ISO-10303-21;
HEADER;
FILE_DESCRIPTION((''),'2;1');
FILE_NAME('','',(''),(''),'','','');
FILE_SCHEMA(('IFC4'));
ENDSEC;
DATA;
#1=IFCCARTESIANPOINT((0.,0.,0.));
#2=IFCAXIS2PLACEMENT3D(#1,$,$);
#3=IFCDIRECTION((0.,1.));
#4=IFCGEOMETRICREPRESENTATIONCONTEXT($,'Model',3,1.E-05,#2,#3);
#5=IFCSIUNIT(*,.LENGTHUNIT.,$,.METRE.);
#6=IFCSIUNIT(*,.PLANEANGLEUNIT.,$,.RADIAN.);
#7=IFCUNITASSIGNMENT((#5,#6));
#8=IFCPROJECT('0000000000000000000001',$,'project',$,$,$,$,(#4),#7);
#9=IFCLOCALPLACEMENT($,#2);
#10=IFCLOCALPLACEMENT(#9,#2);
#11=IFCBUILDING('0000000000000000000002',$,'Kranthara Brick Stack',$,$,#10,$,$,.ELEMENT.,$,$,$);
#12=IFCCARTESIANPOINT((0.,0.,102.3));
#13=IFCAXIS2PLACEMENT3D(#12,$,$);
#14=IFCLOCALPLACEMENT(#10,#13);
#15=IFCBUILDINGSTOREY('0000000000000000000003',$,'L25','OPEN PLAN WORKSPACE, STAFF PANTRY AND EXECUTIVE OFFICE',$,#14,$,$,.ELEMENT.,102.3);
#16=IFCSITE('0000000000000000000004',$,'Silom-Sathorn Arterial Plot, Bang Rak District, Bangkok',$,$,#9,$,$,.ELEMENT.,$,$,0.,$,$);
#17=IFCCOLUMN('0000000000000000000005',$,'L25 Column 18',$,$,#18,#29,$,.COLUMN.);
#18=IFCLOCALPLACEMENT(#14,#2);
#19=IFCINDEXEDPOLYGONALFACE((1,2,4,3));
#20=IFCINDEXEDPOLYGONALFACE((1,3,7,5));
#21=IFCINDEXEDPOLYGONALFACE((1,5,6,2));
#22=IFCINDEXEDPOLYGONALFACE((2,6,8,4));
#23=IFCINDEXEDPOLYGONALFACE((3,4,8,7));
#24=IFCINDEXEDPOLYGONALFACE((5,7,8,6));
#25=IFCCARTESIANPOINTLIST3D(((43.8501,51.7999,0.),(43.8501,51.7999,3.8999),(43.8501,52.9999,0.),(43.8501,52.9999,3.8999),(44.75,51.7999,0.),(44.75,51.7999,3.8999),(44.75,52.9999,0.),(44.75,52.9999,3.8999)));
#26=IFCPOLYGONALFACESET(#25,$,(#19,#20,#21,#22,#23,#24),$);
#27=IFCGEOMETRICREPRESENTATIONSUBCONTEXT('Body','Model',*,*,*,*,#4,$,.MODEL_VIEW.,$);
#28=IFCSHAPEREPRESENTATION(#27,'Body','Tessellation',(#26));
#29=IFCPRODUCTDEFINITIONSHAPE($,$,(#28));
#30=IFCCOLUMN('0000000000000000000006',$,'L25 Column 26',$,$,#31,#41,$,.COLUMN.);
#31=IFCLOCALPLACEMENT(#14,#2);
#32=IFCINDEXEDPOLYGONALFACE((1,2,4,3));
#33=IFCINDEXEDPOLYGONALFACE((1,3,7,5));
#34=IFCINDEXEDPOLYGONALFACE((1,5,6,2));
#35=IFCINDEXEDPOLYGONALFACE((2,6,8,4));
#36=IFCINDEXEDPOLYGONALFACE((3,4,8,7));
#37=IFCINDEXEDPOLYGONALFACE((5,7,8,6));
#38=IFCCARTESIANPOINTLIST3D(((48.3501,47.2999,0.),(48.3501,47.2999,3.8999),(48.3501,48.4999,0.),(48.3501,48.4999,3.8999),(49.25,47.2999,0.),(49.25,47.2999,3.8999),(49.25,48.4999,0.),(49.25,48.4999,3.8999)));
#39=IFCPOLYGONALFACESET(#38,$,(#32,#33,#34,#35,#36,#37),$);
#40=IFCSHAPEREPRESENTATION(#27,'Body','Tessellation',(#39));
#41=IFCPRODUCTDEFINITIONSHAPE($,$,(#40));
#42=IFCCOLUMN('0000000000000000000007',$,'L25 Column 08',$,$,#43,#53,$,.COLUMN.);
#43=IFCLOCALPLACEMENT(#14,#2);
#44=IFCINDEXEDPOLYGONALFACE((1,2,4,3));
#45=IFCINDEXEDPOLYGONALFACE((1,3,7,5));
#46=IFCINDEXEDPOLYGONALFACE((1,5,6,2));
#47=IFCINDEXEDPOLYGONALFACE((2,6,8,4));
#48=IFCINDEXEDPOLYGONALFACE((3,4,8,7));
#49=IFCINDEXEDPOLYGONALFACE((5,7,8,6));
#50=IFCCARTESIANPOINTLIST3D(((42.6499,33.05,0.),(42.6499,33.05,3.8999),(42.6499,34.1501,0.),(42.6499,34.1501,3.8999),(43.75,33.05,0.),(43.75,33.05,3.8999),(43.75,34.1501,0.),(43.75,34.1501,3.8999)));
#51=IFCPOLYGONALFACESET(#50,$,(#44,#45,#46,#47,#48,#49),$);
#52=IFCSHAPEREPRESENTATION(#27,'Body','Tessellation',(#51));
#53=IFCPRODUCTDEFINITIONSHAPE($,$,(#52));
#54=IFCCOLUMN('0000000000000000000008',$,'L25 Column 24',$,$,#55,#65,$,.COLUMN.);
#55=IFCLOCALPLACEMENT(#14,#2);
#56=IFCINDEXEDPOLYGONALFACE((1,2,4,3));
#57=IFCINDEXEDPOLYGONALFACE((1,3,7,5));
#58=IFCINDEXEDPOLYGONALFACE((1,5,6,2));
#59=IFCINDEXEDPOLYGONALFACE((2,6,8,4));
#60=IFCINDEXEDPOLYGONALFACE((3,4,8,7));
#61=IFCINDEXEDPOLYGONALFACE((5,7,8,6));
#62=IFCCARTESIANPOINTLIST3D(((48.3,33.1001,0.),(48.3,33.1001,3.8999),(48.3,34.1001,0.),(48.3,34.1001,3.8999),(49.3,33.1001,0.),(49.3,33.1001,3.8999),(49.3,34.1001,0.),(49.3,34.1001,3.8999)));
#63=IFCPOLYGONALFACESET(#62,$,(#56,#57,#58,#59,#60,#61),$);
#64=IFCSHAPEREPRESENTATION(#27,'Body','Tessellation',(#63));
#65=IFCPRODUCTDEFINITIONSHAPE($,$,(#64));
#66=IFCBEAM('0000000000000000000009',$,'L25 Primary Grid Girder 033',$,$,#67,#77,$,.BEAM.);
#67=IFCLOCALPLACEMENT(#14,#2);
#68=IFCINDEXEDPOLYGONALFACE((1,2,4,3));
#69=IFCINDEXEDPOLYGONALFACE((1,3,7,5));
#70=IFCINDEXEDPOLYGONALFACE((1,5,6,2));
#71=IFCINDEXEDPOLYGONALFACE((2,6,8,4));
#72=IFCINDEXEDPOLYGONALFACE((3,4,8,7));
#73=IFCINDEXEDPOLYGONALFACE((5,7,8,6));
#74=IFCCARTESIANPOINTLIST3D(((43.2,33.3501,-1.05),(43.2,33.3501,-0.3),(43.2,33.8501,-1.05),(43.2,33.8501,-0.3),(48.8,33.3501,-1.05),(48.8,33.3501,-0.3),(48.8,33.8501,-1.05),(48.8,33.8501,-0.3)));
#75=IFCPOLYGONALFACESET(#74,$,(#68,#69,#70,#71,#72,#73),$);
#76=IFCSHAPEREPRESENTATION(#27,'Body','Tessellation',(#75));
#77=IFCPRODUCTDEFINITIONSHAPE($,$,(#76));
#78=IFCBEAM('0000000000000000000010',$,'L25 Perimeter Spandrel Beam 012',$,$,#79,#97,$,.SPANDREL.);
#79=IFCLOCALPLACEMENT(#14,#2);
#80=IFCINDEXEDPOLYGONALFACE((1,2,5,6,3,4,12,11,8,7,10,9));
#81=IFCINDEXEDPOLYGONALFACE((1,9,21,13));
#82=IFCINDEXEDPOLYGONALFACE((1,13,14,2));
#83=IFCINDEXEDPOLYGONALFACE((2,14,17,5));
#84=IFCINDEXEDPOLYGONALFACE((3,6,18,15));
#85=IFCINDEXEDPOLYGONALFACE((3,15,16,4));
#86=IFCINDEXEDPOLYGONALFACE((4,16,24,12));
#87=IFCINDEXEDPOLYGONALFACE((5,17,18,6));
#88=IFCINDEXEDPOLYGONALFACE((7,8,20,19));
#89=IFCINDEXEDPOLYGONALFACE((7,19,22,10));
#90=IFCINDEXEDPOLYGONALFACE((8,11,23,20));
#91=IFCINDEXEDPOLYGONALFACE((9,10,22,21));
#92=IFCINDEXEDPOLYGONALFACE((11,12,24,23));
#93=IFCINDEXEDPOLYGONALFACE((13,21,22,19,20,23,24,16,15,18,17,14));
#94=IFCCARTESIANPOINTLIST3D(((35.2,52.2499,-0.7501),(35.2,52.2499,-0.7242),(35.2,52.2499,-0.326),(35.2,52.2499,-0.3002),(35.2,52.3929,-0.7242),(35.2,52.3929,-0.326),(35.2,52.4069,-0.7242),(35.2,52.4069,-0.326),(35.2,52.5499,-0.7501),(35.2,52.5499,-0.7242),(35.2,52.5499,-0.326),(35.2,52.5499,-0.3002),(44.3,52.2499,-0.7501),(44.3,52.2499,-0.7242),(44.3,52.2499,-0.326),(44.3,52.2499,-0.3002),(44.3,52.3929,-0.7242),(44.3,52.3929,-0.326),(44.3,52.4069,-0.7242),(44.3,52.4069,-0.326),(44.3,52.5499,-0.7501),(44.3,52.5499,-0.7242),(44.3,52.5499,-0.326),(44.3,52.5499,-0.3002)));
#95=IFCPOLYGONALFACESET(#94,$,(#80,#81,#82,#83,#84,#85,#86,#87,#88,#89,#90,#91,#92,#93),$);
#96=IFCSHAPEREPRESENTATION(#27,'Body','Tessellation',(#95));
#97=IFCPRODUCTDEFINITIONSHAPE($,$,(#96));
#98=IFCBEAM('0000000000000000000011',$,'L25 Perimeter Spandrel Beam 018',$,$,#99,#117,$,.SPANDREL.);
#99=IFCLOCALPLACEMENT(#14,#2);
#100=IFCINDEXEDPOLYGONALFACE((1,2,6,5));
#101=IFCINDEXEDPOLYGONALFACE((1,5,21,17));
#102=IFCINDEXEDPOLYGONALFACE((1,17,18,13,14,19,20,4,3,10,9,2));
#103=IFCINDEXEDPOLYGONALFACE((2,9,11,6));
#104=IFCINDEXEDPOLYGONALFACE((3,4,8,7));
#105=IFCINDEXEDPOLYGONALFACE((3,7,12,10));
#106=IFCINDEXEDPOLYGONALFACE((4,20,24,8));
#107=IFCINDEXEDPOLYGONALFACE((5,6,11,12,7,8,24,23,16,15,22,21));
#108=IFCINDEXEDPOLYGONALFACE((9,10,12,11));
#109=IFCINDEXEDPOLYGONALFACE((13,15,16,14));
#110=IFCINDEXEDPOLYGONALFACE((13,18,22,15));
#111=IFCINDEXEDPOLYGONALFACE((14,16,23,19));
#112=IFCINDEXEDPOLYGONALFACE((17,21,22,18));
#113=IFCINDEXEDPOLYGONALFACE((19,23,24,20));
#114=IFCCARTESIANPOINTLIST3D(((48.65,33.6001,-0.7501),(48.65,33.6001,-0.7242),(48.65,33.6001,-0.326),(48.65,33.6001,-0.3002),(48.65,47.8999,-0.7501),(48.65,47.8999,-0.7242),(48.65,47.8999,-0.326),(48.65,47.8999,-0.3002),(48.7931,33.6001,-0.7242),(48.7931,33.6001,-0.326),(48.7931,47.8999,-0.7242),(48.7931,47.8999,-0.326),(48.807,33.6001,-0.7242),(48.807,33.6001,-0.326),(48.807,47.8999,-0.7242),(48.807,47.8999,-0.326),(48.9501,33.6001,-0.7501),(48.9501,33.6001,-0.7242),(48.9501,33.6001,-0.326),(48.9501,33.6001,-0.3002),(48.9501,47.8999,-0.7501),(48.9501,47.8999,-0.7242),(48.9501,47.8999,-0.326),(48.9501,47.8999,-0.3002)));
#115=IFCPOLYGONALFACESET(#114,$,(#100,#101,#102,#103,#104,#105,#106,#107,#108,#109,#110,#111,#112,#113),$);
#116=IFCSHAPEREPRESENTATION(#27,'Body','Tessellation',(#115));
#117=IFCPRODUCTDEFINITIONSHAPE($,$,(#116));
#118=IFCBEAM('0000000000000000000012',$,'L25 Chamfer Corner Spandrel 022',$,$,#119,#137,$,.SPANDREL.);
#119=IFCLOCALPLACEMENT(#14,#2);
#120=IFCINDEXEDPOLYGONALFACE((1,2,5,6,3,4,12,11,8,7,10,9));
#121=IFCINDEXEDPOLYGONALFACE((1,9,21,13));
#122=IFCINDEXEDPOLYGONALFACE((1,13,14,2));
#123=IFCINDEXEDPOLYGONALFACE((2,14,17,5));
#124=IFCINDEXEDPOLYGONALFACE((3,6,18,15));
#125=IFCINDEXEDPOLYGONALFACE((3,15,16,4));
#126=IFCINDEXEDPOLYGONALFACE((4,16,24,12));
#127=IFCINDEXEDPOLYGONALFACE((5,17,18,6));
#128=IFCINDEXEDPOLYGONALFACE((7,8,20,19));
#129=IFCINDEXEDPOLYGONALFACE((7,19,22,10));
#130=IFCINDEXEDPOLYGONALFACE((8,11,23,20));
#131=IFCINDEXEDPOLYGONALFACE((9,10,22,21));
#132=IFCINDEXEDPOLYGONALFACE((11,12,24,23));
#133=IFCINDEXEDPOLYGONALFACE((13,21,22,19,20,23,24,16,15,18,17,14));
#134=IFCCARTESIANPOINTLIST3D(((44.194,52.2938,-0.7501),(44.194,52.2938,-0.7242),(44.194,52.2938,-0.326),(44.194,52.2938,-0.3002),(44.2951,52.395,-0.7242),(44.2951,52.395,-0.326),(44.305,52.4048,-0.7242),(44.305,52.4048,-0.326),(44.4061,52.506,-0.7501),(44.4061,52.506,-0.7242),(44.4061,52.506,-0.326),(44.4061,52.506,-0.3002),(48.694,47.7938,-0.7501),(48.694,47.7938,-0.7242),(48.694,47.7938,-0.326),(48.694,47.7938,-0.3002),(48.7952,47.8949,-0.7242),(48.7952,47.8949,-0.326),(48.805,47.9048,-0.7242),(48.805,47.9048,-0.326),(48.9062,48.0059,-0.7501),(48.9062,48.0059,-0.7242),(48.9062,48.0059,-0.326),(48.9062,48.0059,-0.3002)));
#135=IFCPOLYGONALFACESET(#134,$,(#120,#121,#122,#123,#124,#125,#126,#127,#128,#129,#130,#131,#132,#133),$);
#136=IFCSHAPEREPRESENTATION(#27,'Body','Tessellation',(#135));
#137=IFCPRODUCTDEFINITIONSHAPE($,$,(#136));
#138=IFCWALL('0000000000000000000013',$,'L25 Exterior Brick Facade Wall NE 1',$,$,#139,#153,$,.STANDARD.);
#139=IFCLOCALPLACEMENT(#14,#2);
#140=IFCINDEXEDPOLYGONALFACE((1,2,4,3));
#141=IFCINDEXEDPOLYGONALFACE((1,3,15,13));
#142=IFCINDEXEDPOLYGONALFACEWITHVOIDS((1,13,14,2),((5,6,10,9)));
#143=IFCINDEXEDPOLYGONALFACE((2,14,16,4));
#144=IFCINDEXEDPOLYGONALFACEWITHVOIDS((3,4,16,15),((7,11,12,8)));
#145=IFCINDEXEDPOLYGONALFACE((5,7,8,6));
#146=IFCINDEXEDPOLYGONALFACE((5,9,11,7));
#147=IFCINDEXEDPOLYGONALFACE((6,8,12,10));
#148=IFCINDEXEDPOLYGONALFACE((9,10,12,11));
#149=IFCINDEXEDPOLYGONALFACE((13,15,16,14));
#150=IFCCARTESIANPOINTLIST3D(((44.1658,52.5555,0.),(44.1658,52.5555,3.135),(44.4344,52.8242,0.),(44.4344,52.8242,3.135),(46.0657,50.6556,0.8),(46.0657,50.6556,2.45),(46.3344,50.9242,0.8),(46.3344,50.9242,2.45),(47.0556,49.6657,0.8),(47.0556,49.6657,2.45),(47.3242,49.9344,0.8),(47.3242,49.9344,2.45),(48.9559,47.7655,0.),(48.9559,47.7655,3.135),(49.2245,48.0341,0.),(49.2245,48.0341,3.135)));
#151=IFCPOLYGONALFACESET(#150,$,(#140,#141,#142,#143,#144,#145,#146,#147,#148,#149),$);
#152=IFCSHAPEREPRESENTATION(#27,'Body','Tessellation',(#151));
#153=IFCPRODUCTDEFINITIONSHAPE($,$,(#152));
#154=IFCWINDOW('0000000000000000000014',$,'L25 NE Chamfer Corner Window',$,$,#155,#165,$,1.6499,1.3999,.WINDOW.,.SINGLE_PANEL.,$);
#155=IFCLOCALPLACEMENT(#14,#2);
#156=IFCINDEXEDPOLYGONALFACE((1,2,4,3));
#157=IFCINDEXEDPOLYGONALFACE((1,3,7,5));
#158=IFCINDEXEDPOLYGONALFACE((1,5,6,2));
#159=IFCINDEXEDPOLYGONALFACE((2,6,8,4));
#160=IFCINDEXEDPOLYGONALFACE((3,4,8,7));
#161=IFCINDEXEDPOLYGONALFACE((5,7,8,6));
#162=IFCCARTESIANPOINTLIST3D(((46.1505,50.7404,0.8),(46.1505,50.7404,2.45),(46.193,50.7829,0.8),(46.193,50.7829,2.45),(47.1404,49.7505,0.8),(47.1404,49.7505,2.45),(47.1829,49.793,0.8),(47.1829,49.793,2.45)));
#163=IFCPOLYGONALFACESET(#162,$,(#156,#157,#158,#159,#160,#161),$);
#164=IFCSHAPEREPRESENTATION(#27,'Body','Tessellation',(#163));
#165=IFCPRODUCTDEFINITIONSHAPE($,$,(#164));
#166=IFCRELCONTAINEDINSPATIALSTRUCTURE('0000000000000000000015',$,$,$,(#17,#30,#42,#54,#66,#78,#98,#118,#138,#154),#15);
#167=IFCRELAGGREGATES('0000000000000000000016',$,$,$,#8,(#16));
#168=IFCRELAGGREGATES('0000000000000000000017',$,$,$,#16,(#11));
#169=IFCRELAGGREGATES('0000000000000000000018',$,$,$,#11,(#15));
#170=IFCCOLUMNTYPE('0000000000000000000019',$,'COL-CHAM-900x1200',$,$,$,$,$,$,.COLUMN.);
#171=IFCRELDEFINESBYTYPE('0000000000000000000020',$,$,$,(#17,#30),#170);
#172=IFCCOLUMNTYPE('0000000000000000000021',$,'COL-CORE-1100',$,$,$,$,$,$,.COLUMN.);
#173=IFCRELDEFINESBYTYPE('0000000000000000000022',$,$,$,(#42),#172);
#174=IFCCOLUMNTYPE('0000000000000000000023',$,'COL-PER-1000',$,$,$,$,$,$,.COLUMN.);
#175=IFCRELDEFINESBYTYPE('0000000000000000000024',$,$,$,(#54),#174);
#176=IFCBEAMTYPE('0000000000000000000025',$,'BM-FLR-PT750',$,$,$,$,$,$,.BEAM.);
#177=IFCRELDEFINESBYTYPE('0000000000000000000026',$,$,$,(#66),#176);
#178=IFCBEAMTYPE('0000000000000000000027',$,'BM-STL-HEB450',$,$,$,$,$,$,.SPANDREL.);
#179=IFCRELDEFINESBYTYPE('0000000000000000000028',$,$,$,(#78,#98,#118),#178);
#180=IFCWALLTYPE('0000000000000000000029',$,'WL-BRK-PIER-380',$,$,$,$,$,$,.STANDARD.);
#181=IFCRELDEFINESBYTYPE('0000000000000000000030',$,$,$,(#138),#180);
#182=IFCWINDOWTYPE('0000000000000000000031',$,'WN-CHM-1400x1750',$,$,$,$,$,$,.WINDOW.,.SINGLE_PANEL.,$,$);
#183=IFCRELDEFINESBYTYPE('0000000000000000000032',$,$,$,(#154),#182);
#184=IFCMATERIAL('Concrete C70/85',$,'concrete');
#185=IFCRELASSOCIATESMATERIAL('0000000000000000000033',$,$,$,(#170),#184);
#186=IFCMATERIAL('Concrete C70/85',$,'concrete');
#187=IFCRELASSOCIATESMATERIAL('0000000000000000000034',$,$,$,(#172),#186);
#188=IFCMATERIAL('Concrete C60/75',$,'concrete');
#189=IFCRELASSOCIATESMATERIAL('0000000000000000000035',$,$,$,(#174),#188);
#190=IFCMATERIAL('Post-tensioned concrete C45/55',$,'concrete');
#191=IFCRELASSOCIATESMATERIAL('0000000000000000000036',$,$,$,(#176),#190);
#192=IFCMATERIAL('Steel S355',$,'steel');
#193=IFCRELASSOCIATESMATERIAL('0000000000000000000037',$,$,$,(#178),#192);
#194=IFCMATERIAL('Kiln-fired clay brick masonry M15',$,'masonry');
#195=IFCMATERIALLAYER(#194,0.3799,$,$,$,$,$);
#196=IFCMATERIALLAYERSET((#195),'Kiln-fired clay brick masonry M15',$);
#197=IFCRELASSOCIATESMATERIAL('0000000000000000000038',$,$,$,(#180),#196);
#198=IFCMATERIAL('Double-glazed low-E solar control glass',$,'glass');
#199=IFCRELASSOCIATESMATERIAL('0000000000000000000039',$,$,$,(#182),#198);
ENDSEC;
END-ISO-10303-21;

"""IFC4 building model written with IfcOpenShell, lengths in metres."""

from ifc_helpers import new_model, si_unit, direction, frame, frame_2d, origin, origin_2d, place, context, subcontext, project, spatial, rectangle, i_section, extrude, material, layer, layer_set, material_profile, profile_set, type_object, element, fill, save


model = new_model("IFC4")

# Units and contexts
model_context = context("Model", 3, precision=1e-05, world=origin(), true_north=direction((0.0, 1.0)))
body_context = subcontext(model_context, "Body", "Model", "MODEL_VIEW")
ifc_project = project(units=[si_unit("LENGTHUNIT", "METRE"), si_unit("PLANEANGLEUNIT", "RADIAN")], contexts=[model_context])

# Site, building, storey
site_placement = place(None, origin())
site = spatial("IfcSite", under=ifc_project, at=site_placement, Name="Silom-Sathorn Arterial Plot, Bang Rak District, Bangkok", CompositionType="ELEMENT", RefElevation=0.0)
building_placement = place(site_placement, origin())
building = spatial("IfcBuilding", under=site, at=building_placement, Name="Kranthara Brick Stack", CompositionType="ELEMENT")
storey_placement = place(building_placement, frame((0.0, 0.0, 102.3)))
storey = spatial("IfcBuildingStorey", under=building, at=storey_placement, Name="L25", Description="OPEN PLAN WORKSPACE, STAFF PANTRY AND EXECUTIVE OFFICE", CompositionType="ELEMENT", Elevation=102.3)

# Columns
ifc_material_1 = material(Name="Concrete C70/85", Category="concrete")
ifc_material_profile_1 = material_profile(ifc_material_1, rectangle(XDim=0.8999, YDim=1.2, at=origin_2d()), Name="RC 900x1200")
ifc_profile_set_1 = profile_set([ifc_material_profile_1], Name="Concrete C70/85")
column_type_1 = type_object("IfcColumnType", Name="COL-CHAM-900x1200", PredefinedType="COLUMN", material=ifc_profile_set_1)
for number, where, z_axis, x_axis, name in (
    (1, (44.3, 52.3999, 0.0), (0.0, 0.0, 1.0), (1.0, 0.0, 0.0), "L25 Column 18"),
    (2, (48.8, 47.8999, 0.0), (0.0, 0.0, 1.0), (1.0, 0.0, 0.0), "L25 Column 26"),
):
    element("IfcColumn", number, at=place(storey_placement, frame(where, z_axis=z_axis, x_axis=x_axis)), inside=storey, type_object=column_type_1, Name=name, PredefinedType="COLUMN", context=body_context, shape_type="SweptSolid", body=[
        extrude(rectangle(XDim=0.8999, YDim=1.2, at=origin_2d()), origin(), (0.0, 0.0, 1.0), 3.8999),
    ])
ifc_material_2 = material(Name="Concrete C70/85", Category="concrete")
ifc_material_profile_2 = material_profile(ifc_material_2, rectangle(XDim=1.1001, YDim=1.1001, at=origin_2d()), Name="RC 1100x1100")
ifc_profile_set_2 = profile_set([ifc_material_profile_2], Name="Concrete C70/85")
column_type_2 = type_object("IfcColumnType", Name="COL-CORE-1100", PredefinedType="COLUMN", material=ifc_profile_set_2)
column_1_placement = place(storey_placement, frame((43.2, 33.6001, 0.0), z_axis=(0.0, 0.0, 1.0), x_axis=(1.0, 0.0, 0.0)))
element("IfcColumn", 3, at=column_1_placement, inside=storey, type_object=column_type_2, Name="L25 Column 08", PredefinedType="COLUMN", context=body_context, shape_type="SweptSolid", body=[
    extrude(rectangle(XDim=1.1001, YDim=1.1001, at=origin_2d()), origin(), (0.0, 0.0, 1.0), 3.8999),
])
ifc_material_3 = material(Name="Concrete C60/75", Category="concrete")
ifc_material_profile_3 = material_profile(ifc_material_3, rectangle(XDim=1.0, YDim=1.0, at=origin_2d()), Name="RC 1000x1000")
ifc_profile_set_3 = profile_set([ifc_material_profile_3], Name="Concrete C60/75")
column_type_3 = type_object("IfcColumnType", Name="COL-PER-1000", PredefinedType="COLUMN", material=ifc_profile_set_3)
column_2_placement = place(storey_placement, frame((48.8, 33.6001, 0.0), z_axis=(0.0, 0.0, 1.0), x_axis=(1.0, 0.0, 0.0)))
element("IfcColumn", 4, at=column_2_placement, inside=storey, type_object=column_type_3, Name="L25 Column 24", PredefinedType="COLUMN", context=body_context, shape_type="SweptSolid", body=[
    extrude(rectangle(XDim=1.0, YDim=1.0, at=origin_2d()), origin(), (0.0, 0.0, 1.0), 3.8999),
])

# Beams
ifc_material_4 = material(Name="Post-tensioned concrete C45/55", Category="concrete")
ifc_material_profile_4 = material_profile(ifc_material_4, rectangle(XDim=0.5, YDim=0.75, at=origin_2d()), Name="PT 500x750")
ifc_profile_set_4 = profile_set([ifc_material_profile_4], Name="Post-tensioned concrete C45/55")
beam_type_1 = type_object("IfcBeamType", Name="BM-FLR-PT750", PredefinedType="BEAM", material=ifc_profile_set_4)
beam_1_placement = place(storey_placement, frame((43.2, 33.6001, -0.675), z_axis=(1.0, 0.0, 0.0), x_axis=(0.0, 1.0, 0.0)))
element("IfcBeam", 5, at=beam_1_placement, inside=storey, type_object=beam_type_1, Name="L25 Primary Grid Girder 033", PredefinedType="BEAM", context=body_context, shape_type="SweptSolid", body=[
    extrude(rectangle(XDim=0.5, YDim=0.75, at=origin_2d()), origin(), (0.0, 0.0, 1.0), 5.6001),
])
ifc_material_5 = material(Name="Steel S355", Category="steel")
ifc_material_profile_5 = material_profile(ifc_material_5, i_section(OverallWidth=0.3, OverallDepth=0.45, WebThickness=0.0139, FlangeThickness=0.0259, at=origin_2d()), Name="HEB 450")
ifc_profile_set_5 = profile_set([ifc_material_profile_5], Name="Steel S355")
beam_type_2 = type_object("IfcBeamType", Name="BM-STL-HEB450", PredefinedType="SPANDREL", material=ifc_profile_set_5)
beam_2_placement = place(storey_placement, frame((35.2, 52.3999, -0.5251), z_axis=(1.0, 0.0, 0.0), x_axis=(0.0, 1.0, 0.0)))
element("IfcBeam", 6, at=beam_2_placement, inside=storey, type_object=beam_type_2, Name="L25 Perimeter Spandrel Beam 012", PredefinedType="SPANDREL", context=body_context, shape_type="SweptSolid", body=[
    extrude(i_section(OverallWidth=0.3, OverallDepth=0.45, WebThickness=0.0139, FlangeThickness=0.0259, at=origin_2d()), origin(), (0.0, 0.0, 1.0), 9.1001),
])
beam_3_placement = place(storey_placement, frame((48.8, 33.6001, -0.5251), z_axis=(0.0, 1.0, 0.0), x_axis=(-1.0, 0.0, 0.0)))
element("IfcBeam", 7, at=beam_3_placement, inside=storey, type_object=beam_type_2, Name="L25 Perimeter Spandrel Beam 018", PredefinedType="SPANDREL", context=body_context, shape_type="SweptSolid", body=[
    extrude(i_section(OverallWidth=0.3, OverallDepth=0.45, WebThickness=0.0139, FlangeThickness=0.0259, at=origin_2d()), origin(), (0.0, 0.0, 1.0), 14.2998),
])
beam_4_placement = place(storey_placement, frame((44.3, 52.3999, -0.5251), z_axis=(0.707107, -0.707107, 0.0), x_axis=(0.707107, 0.707107, 0.0)))
element("IfcBeam", 8, at=beam_4_placement, inside=storey, type_object=beam_type_2, Name="L25 Chamfer Corner Spandrel 022", PredefinedType="SPANDREL", context=body_context, shape_type="SweptSolid", body=[
    extrude(i_section(OverallWidth=0.3, OverallDepth=0.45, WebThickness=0.0139, FlangeThickness=0.0259, at=origin_2d()), origin(), (0.0, 0.0, 1.0), 6.364),
])

# Wall, opening, window
ifc_material_6 = material(Name="Kiln-fired clay brick masonry M15", Category="masonry")
ifc_layer_1 = layer(ifc_material_6, 0.3799)
ifc_layer_set_1 = layer_set([ifc_layer_1], Name="Kiln-fired clay brick masonry M15")
wall_type_1 = type_object("IfcWallType", Name="WL-BRK-PIER-380", PredefinedType="STANDARD", material=ifc_layer_set_1)
wall_1_placement = place(storey_placement, frame((44.3, 52.6899, 0.0), z_axis=(0.0, 0.0, 1.0), x_axis=(0.707107, -0.707107, 0.0)))
wall_1 = element("IfcWall", 9, at=wall_1_placement, inside=storey, type_object=wall_type_1, Name="L25 Exterior Brick Facade Wall NE 1", PredefinedType="STANDARD", context=body_context, shape_type="SweptSolid", body=[
    extrude(rectangle(XDim=6.7742, YDim=0.3799, at=frame_2d((3.3872, 0.0))), origin(), (0.0, 0.0, 1.0), 3.135),
])
opening_1_placement = place(wall_1_placement, frame((2.687, 0.0, 0.8)))
opening_1 = element("IfcOpeningElement", 10, at=opening_1_placement, cuts=wall_1, PredefinedType="OPENING", context=body_context, shape_type="SweptSolid", body=[
    extrude(rectangle(XDim=1.3999, YDim=1.6499, at=frame_2d((0.7, 0.825))), frame((0.0, 0.2, 0.0), z_axis=(0.0, -1.0, 0.0), x_axis=(1.0, 0.0, 0.0)), (0.0, 0.0, 1.0), 0.3999),
])
ifc_material_7 = material(Name="Double-glazed low-E solar control glass", Category="glass")
window_type_1 = type_object("IfcWindowType", Name="WN-CHM-1400x1750", PartitioningType="SINGLE_PANEL", PredefinedType="WINDOW", material=ifc_material_7)
window_1_placement = place(opening_1_placement, origin())
window_1 = element("IfcWindow", 11, at=window_1_placement, inside=storey, type_object=window_type_1, Name="L25 NE Chamfer Corner Window", OverallHeight=1.6499, OverallWidth=1.3999, PartitioningType="SINGLE_PANEL", PredefinedType="WINDOW", context=body_context, shape_type="SweptSolid", body=[
    extrude(rectangle(XDim=1.3999, YDim=1.6499, at=frame_2d((0.7, 0.825))), frame((0.0, -0.01, 0.0), z_axis=(0.0, -1.0, 0.0), x_axis=(1.0, 0.0, 0.0)), (0.0, 0.0, 1.0), 0.0601),
])
fill(opening_1, window_1)

save(model, "model.ifc")
